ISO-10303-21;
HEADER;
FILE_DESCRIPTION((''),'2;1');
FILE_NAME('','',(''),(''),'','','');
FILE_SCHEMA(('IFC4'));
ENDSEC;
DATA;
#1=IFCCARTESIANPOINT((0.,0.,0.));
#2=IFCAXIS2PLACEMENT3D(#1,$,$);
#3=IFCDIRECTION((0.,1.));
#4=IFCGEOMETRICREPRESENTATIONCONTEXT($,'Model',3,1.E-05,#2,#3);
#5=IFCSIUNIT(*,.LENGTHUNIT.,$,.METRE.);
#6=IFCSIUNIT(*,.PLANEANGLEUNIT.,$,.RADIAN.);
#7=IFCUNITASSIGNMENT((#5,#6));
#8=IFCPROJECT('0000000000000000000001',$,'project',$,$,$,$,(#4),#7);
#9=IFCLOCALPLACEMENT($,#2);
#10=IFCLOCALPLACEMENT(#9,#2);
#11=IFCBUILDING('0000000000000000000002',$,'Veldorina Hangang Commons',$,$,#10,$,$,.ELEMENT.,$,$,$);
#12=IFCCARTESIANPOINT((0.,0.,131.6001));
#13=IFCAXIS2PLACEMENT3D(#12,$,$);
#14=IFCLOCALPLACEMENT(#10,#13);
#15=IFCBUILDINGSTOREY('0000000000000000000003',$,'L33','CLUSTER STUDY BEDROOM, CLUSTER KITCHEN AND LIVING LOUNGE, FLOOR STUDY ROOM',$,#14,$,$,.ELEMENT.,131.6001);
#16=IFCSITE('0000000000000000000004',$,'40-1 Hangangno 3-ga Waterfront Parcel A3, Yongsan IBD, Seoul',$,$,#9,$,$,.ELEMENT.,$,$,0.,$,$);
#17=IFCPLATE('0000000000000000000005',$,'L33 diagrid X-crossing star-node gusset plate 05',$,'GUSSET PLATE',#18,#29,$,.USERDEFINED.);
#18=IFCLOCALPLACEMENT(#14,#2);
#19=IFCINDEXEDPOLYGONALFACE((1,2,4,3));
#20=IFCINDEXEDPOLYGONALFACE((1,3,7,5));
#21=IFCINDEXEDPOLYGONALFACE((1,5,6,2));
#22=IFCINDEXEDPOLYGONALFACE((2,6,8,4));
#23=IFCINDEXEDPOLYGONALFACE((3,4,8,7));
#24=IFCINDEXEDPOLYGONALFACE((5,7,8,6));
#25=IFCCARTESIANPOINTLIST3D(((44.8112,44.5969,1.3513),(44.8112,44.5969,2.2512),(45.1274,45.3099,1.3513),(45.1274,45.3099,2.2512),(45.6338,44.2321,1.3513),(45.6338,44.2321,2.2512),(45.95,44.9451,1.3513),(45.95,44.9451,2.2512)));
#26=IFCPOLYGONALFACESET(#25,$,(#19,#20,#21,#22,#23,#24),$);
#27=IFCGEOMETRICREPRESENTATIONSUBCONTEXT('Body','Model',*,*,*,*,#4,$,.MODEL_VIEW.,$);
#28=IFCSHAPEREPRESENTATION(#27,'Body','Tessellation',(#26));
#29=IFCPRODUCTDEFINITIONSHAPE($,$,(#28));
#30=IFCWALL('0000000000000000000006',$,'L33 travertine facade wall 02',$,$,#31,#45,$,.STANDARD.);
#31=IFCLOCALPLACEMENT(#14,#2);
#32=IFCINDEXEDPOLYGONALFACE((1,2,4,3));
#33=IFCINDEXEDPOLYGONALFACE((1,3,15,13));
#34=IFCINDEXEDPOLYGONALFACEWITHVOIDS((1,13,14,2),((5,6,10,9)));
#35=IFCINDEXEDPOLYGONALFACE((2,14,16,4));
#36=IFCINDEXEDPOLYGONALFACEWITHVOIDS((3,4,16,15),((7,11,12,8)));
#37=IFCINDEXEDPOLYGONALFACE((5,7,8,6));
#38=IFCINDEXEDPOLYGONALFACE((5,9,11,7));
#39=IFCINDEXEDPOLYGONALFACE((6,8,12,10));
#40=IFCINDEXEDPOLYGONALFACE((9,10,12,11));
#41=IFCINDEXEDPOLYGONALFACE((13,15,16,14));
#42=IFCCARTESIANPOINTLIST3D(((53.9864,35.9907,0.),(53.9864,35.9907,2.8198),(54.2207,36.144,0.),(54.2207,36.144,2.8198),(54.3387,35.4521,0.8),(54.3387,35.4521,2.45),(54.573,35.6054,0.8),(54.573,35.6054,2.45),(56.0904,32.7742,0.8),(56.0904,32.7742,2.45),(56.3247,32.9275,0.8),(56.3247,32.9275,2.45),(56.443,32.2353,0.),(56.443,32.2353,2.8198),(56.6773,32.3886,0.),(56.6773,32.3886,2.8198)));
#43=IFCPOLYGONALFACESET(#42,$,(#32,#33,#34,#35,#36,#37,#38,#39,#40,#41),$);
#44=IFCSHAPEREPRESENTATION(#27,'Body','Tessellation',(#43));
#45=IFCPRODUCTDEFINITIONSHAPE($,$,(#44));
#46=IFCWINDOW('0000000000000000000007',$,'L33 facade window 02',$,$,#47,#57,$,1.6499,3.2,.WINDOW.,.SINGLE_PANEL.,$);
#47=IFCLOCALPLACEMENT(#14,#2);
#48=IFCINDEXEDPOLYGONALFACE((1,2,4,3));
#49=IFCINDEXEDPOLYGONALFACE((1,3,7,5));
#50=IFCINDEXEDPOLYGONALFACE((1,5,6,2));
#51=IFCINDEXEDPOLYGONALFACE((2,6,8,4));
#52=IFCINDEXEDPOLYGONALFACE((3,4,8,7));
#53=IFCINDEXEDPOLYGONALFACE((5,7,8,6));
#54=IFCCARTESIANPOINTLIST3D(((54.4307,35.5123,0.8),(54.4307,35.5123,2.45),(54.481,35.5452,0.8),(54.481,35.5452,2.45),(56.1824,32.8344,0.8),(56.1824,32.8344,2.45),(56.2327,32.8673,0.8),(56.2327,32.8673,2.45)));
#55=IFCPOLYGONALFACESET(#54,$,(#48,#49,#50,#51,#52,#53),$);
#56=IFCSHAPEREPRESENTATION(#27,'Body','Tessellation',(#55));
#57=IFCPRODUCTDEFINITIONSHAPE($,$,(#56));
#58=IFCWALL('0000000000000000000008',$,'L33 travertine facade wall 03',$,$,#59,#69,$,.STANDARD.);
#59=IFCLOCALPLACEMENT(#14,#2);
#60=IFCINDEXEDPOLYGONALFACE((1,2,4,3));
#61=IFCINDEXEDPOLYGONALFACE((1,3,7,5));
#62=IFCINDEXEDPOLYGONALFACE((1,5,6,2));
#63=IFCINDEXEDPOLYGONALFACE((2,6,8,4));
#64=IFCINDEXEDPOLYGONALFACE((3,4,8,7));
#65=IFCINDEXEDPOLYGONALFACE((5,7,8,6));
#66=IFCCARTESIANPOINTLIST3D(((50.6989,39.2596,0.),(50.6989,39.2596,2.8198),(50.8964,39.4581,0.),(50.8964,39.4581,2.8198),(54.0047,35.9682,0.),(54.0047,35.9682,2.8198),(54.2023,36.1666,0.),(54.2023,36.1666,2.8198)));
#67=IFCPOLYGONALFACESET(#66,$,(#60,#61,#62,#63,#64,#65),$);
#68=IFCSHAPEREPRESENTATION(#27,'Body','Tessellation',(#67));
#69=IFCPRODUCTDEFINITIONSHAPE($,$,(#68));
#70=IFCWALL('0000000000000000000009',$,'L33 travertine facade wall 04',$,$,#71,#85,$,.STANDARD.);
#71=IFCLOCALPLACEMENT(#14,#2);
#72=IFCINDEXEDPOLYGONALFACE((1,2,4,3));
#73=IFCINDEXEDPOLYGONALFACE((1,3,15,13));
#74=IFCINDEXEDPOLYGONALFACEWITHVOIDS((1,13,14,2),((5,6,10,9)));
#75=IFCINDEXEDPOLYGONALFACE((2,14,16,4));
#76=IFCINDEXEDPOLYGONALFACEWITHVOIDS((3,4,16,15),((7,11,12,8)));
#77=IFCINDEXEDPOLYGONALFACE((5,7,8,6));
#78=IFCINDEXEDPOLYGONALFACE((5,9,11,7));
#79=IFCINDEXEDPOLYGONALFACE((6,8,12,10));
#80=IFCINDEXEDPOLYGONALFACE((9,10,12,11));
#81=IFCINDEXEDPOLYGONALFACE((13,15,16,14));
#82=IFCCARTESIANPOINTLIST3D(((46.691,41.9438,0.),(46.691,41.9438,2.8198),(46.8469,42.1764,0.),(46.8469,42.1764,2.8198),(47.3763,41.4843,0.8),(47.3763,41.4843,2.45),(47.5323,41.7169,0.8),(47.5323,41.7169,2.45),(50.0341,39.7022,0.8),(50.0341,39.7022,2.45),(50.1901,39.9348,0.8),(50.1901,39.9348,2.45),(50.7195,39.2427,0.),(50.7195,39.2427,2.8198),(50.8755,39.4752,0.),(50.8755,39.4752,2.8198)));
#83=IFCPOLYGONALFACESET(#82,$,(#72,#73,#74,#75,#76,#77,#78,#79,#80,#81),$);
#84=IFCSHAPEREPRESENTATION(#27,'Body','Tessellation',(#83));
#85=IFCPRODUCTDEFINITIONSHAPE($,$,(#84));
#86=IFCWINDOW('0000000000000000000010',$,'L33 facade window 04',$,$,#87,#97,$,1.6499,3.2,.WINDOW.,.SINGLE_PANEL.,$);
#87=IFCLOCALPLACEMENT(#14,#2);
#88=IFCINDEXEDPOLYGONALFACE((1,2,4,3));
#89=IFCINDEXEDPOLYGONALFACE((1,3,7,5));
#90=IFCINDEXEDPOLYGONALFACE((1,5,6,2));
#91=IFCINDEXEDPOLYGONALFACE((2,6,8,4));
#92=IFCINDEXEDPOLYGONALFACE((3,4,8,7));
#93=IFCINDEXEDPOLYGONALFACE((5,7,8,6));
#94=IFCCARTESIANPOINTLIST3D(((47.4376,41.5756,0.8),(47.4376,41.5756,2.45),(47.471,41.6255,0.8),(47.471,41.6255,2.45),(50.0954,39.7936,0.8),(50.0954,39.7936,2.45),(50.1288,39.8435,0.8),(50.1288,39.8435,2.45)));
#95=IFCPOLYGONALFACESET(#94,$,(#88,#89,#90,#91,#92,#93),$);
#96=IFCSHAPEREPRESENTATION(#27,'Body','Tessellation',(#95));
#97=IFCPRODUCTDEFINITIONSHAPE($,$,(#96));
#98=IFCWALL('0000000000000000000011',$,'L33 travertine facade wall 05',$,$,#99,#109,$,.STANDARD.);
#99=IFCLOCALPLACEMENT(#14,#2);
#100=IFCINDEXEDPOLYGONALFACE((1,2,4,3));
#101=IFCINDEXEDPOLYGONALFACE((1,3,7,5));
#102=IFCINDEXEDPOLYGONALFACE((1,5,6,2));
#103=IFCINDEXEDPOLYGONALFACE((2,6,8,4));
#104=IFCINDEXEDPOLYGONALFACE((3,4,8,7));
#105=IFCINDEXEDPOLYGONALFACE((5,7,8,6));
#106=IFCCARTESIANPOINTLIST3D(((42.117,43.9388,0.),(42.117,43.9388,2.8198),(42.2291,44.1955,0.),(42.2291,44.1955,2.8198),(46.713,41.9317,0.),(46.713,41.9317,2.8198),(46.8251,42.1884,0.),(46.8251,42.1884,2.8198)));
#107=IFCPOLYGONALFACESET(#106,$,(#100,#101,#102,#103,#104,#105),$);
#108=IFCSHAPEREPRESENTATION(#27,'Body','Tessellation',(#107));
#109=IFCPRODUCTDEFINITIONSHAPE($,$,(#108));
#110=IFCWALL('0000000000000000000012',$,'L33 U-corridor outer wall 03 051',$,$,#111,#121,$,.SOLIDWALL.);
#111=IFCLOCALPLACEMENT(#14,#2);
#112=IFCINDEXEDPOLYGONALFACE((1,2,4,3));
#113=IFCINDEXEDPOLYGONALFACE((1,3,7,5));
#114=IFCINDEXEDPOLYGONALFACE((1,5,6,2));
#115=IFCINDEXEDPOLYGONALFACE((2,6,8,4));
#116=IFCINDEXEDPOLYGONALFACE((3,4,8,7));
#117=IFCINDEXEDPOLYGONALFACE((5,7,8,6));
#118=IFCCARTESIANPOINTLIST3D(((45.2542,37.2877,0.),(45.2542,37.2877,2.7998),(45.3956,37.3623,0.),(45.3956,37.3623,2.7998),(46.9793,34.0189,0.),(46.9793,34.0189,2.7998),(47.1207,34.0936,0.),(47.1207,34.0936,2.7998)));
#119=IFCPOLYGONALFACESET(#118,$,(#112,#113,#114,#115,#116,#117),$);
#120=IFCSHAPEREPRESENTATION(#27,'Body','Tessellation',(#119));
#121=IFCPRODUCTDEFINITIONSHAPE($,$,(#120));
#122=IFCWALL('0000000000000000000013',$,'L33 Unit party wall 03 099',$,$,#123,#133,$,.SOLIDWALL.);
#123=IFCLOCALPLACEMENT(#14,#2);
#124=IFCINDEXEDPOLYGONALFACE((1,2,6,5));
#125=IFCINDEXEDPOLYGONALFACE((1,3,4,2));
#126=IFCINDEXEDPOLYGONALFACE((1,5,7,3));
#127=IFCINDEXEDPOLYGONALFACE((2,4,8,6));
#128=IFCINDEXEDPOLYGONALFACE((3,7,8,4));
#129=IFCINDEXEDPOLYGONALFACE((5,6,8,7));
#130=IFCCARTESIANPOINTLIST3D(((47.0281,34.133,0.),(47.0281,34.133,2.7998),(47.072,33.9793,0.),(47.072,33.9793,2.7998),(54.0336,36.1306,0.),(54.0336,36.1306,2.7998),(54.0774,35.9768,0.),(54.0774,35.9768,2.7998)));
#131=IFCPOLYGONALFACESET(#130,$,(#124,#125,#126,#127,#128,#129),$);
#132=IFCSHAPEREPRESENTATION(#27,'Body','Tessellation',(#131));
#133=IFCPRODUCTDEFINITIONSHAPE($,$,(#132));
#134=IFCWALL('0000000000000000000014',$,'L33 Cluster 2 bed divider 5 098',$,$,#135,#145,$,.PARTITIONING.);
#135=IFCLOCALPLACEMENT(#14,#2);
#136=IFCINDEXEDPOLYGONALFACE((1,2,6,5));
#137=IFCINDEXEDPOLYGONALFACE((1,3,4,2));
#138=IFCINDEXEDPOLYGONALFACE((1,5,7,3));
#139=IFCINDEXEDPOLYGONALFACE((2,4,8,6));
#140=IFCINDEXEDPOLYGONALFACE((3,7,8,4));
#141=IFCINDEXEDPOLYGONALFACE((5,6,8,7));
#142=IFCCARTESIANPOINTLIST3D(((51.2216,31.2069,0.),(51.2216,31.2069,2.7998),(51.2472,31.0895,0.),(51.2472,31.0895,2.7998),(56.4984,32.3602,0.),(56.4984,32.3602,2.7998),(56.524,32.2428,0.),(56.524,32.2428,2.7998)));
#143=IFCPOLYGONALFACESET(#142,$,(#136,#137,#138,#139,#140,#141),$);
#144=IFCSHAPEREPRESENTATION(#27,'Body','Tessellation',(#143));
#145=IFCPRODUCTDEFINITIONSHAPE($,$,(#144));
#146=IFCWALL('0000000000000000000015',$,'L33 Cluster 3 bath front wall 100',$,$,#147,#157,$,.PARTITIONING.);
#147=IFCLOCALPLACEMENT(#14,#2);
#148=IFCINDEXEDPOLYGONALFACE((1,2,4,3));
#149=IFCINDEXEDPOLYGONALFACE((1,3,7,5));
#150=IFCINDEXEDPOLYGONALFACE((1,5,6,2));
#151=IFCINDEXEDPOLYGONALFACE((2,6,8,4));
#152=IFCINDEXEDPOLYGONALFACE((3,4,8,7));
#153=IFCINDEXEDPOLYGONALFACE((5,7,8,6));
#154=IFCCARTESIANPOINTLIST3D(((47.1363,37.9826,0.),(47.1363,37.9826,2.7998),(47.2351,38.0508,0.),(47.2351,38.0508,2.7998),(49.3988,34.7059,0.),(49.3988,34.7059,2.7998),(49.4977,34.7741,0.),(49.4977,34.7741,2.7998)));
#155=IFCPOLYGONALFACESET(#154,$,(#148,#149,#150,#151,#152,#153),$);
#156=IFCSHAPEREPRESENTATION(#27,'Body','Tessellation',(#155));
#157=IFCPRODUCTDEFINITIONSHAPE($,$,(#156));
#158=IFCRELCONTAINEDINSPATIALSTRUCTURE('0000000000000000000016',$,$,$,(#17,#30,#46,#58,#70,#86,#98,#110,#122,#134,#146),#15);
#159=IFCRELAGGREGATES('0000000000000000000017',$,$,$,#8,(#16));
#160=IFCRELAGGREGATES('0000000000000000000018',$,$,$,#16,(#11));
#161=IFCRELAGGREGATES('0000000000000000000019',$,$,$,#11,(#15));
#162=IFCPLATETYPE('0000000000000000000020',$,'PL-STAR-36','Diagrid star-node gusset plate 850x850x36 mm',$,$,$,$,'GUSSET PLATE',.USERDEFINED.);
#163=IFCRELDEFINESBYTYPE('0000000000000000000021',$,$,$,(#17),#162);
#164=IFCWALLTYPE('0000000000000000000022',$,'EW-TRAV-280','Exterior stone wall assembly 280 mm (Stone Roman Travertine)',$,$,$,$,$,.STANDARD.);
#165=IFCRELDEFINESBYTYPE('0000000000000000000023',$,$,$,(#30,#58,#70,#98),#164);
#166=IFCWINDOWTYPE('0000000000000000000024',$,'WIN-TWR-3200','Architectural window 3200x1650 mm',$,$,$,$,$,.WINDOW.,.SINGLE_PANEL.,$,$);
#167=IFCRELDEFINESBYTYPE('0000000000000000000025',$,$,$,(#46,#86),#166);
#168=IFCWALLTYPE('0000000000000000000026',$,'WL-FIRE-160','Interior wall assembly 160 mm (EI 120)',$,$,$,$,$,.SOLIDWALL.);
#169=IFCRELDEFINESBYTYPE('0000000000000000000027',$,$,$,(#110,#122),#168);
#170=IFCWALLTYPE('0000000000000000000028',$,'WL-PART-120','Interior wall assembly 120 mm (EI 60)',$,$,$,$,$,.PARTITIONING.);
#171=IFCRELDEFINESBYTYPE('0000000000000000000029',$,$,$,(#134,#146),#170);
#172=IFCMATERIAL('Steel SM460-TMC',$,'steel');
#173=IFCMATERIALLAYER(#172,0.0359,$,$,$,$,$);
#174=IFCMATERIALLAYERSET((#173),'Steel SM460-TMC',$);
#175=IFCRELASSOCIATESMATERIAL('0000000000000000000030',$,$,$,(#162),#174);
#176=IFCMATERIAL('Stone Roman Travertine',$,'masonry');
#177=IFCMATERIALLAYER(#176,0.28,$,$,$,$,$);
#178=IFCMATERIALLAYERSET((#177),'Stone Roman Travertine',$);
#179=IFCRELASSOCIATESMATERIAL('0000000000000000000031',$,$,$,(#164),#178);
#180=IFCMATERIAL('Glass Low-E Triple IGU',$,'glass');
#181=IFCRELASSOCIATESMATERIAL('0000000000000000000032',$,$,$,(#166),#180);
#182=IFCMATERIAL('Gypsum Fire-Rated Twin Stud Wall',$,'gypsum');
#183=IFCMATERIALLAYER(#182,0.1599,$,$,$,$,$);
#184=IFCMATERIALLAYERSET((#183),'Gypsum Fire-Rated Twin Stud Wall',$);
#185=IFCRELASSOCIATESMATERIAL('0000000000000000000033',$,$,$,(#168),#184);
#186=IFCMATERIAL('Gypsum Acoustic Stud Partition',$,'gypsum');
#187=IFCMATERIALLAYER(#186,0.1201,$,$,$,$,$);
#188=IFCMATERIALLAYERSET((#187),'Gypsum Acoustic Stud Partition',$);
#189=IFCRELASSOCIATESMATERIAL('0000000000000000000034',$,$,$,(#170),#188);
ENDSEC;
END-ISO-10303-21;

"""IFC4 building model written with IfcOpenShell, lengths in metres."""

from ifc_helpers import new_model, si_unit, direction, frame, frame_2d, origin, origin_2d, place, context, subcontext, project, spatial, rectangle, extrude, material, layer, layer_set, type_object, element, fill, save


model = new_model("IFC4")

# Units and contexts
model_context = context("Model", 3, precision=1e-05, world=origin(), true_north=direction((0.0, 1.0)))
body_context = subcontext(model_context, "Body", "Model", "MODEL_VIEW")
ifc_project = project(units=[si_unit("LENGTHUNIT", "METRE"), si_unit("PLANEANGLEUNIT", "RADIAN")], contexts=[model_context])

# Site, building, storey
site_placement = place(None, origin())
site = spatial("IfcSite", under=ifc_project, at=site_placement, Name="40-1 Hangangno 3-ga Waterfront Parcel A3, Yongsan IBD, Seoul", CompositionType="ELEMENT", RefElevation=0.0)
building_placement = place(site_placement, origin())
building = spatial("IfcBuilding", under=site, at=building_placement, Name="Veldorina Hangang Commons", CompositionType="ELEMENT")
storey_placement = place(building_placement, frame((0.0, 0.0, 131.6001)))
storey = spatial("IfcBuildingStorey", under=building, at=storey_placement, Name="L33", Description="CLUSTER STUDY BEDROOM, CLUSTER KITCHEN AND LIVING LOUNGE, FLOOR STUDY ROOM", CompositionType="ELEMENT", Elevation=131.6001)

# Plate
ifc_material_1 = material(Name="Steel SM460-TMC", Category="steel")
ifc_layer_1 = layer(ifc_material_1, 0.0359)
ifc_layer_set_1 = layer_set([ifc_layer_1], Name="Steel SM460-TMC")
plate_type = type_object("IfcPlateType", Name="PL-STAR-36", Description="Diagrid star-node gusset plate 850x850x36 mm", ElementType="GUSSET PLATE", PredefinedType="USERDEFINED", material=ifc_layer_set_1)
plate_1_placement = place(storey_placement, frame((45.3806, 44.771, 1.3513), z_axis=(0.0, 0.0, 1.0), x_axis=(-0.914148, 0.405381, 0.0)))
element("IfcPlate", 1, at=plate_1_placement, inside=storey, type_object=plate_type, Name="L33 diagrid X-crossing star-node gusset plate 05", ObjectType="GUSSET PLATE", PredefinedType="USERDEFINED", context=body_context, shape_type="SweptSolid", body=[
    extrude(rectangle(XDim=0.8999, YDim=0.78, at=origin_2d()), origin(), (0.0, 0.0, 1.0), 0.8999),
])

# Wall, opening, window
ifc_material_2 = material(Name="Stone Roman Travertine", Category="masonry")
ifc_layer_2 = layer(ifc_material_2, 0.28)
ifc_layer_set_2 = layer_set([ifc_layer_2], Name="Stone Roman Travertine")
wall_type_1 = type_object("IfcWallType", Name="EW-TRAV-280", Description="Exterior stone wall assembly 280 mm (Stone Roman Travertine)", PredefinedType="STANDARD", material=ifc_layer_set_2)
wall_1_placement = place(storey_placement, frame((56.5601, 32.312, 0.0), z_axis=(0.0, 0.0, 1.0), x_axis=(-0.547422, 0.836857, 0.0)))
wall_1 = element("IfcWall", 2, at=wall_1_placement, inside=storey, type_object=wall_type_1, Name="L33 travertine facade wall 02", PredefinedType="STANDARD", context=body_context, shape_type="SweptSolid", body=[
    extrude(rectangle(XDim=4.4875, YDim=0.28, at=frame_2d((2.2437, 0.0))), origin(), (0.0, 0.0, 1.0), 2.8198),
])
opening_1_placement = place(wall_1_placement, frame((0.6438, 0.0, 0.8)))
opening_1 = element("IfcOpeningElement", 3, at=opening_1_placement, cuts=wall_1, PredefinedType="OPENING", context=body_context, shape_type="SweptSolid", body=[
    extrude(rectangle(XDim=3.2, YDim=1.6499, at=frame_2d((1.6001, 0.825))), frame((0.0, 0.1499, 0.0), z_axis=(0.0, -1.0, 0.0), x_axis=(1.0, 0.0, 0.0)), (0.0, 0.0, 1.0), 0.3),
])
ifc_material_3 = material(Name="Glass Low-E Triple IGU", Category="glass")
window_type = type_object("IfcWindowType", Name="WIN-TWR-3200", Description="Architectural window 3200x1650 mm", PartitioningType="SINGLE_PANEL", PredefinedType="WINDOW", material=ifc_material_3)
window_1_placement = place(opening_1_placement, origin())
window_1 = element("IfcWindow", 4, at=window_1_placement, inside=storey, type_object=window_type, Name="L33 facade window 02", OverallHeight=1.6499, OverallWidth=3.2, PartitioningType="SINGLE_PANEL", PredefinedType="WINDOW", context=body_context, shape_type="SweptSolid", body=[
    extrude(rectangle(XDim=3.2, YDim=1.6499, at=frame_2d((1.6001, 0.825))), frame((0.0, 0.03, 0.0), z_axis=(0.0, -1.0, 0.0), x_axis=(1.0, 0.0, 0.0)), (0.0, 0.0, 1.0), 0.0601),
])
fill(opening_1, window_1)

# Wall
wall_2_placement = place(storey_placement, frame((54.1035, 36.0674, 0.0), z_axis=(0.0, 0.0, 1.0), x_axis=(-0.708649, 0.705561, 0.0)))
element("IfcWall", 5, at=wall_2_placement, inside=storey, type_object=wall_type_1, Name="L33 travertine facade wall 03", PredefinedType="STANDARD", context=body_context, shape_type="SweptSolid", body=[
    extrude(rectangle(XDim=4.665, YDim=0.28, at=frame_2d((2.3325, 0.0))), origin(), (0.0, 0.0, 1.0), 2.8198),
])

# Wall, opening, window
wall_3_placement = place(storey_placement, frame((50.7976, 39.3589, 0.0), z_axis=(0.0, 0.0, 1.0), x_axis=(-0.830576, 0.556905, 0.0)))
wall_3 = element("IfcWall", 6, at=wall_3_placement, inside=storey, type_object=wall_type_1, Name="L33 travertine facade wall 04", PredefinedType="STANDARD", context=body_context, shape_type="SweptSolid", body=[
    extrude(rectangle(XDim=4.8503, YDim=0.28, at=frame_2d((2.4253, 0.0))), origin(), (0.0, 0.0, 1.0), 2.8198),
])
opening_2_placement = place(wall_3_placement, frame((0.8252, 0.0, 0.8)))
opening_2 = element("IfcOpeningElement", 7, at=opening_2_placement, cuts=wall_3, PredefinedType="OPENING", context=body_context, shape_type="SweptSolid", body=[
    extrude(rectangle(XDim=3.2, YDim=1.6499, at=frame_2d((1.6001, 0.825))), frame((0.0, 0.1499, 0.0), z_axis=(0.0, -1.0, 0.0), x_axis=(1.0, 0.0, 0.0)), (0.0, 0.0, 1.0), 0.3),
])
window_2_placement = place(opening_2_placement, origin())
window_2 = element("IfcWindow", 8, at=window_2_placement, inside=storey, type_object=window_type, Name="L33 facade window 04", OverallHeight=1.6499, OverallWidth=3.2, PartitioningType="SINGLE_PANEL", PredefinedType="WINDOW", context=body_context, shape_type="SweptSolid", body=[
    extrude(rectangle(XDim=3.2, YDim=1.6499, at=frame_2d((1.6001, 0.825))), frame((0.0, 0.03, 0.0), z_axis=(0.0, -1.0, 0.0), x_axis=(1.0, 0.0, 0.0)), (0.0, 0.0, 1.0), 0.0601),
])
fill(opening_2, window_2)

# Walls
wall_4_placement = place(storey_placement, frame((46.769, 42.0601, 0.0), z_axis=(0.0, 0.0, 1.0), x_axis=(-0.916424, 0.400208, 0.0)))
element("IfcWall", 9, at=wall_4_placement, inside=storey, type_object=wall_type_1, Name="L33 travertine facade wall 05", PredefinedType="STANDARD", context=body_context, shape_type="SweptSolid", body=[
    extrude(rectangle(XDim=5.0151, YDim=0.28, at=frame_2d((2.5076, 0.0))), origin(), (0.0, 0.0, 1.0), 2.8198),
])
ifc_material_4 = material(Name="Gypsum Fire-Rated Twin Stud Wall", Category="gypsum")
ifc_layer_3 = layer(ifc_material_4, 0.1599)
ifc_layer_set_3 = layer_set([ifc_layer_3], Name="Gypsum Fire-Rated Twin Stud Wall")
wall_type_2 = type_object("IfcWallType", Name="WL-FIRE-160", Description="Interior wall assembly 160 mm (EI 120)", PredefinedType="SOLIDWALL", material=ifc_layer_set_3)
wall_5_placement = place(storey_placement, frame((47.05, 34.0562, 0.0), z_axis=(0.0, 0.0, 1.0), x_axis=(-0.466737, 0.884396, 0.0)))
element("IfcWall", 10, at=wall_5_placement, inside=storey, type_object=wall_type_2, Name="L33 U-corridor outer wall 03 051", PredefinedType="SOLIDWALL", context=body_context, shape_type="SweptSolid", body=[
    extrude(rectangle(XDim=3.696, YDim=0.1599, at=frame_2d((1.8481, 0.0))), origin(), (0.0, 0.0, 1.0), 2.7998),
])
wall_6_placement = place(storey_placement, frame((47.05, 34.0562, 0.0), z_axis=(0.0, 0.0, 1.0), x_axis=(0.961668, 0.274216, 0.0)))
element("IfcWall", 11, at=wall_6_placement, inside=storey, type_object=wall_type_2, Name="L33 Unit party wall 03 099", PredefinedType="SOLIDWALL", context=body_context, shape_type="SweptSolid", body=[
    extrude(rectangle(XDim=7.2847, YDim=0.1599, at=frame_2d((3.6423, 0.0))), origin(), (0.0, 0.0, 1.0), 2.7998),
])
ifc_material_5 = material(Name="Gypsum Acoustic Stud Partition", Category="gypsum")
ifc_layer_4 = layer(ifc_material_5, 0.1201)
ifc_layer_set_4 = layer_set([ifc_layer_4], Name="Gypsum Acoustic Stud Partition")
wall_type_3 = type_object("IfcWallType", Name="WL-PART-120", Description="Interior wall assembly 120 mm (EI 60)", PredefinedType="PARTITIONING", material=ifc_layer_set_4)
wall_7_placement = place(storey_placement, frame((51.2344, 31.1482, 0.0), z_axis=(0.0, 0.0, 1.0), x_axis=(0.976938, 0.213522, 0.0)))
element("IfcWall", 12, at=wall_7_placement, inside=storey, type_object=wall_type_3, Name="L33 Cluster 2 bed divider 5 098", PredefinedType="PARTITIONING", context=body_context, shape_type="SweptSolid", body=[
    extrude(rectangle(XDim=5.4014, YDim=0.1201, at=frame_2d((2.7007, 0.0))), origin(), (0.0, 0.0, 1.0), 2.7998),
])
wall_8_placement = place(storey_placement, frame((49.4482, 34.74, 0.0), z_axis=(0.0, 0.0, 1.0), x_axis=(-0.568196, 0.822893, 0.0)))
element("IfcWall", 13, at=wall_8_placement, inside=storey, type_object=wall_type_3, Name="L33 Cluster 3 bath front wall 100", PredefinedType="PARTITIONING", context=body_context, shape_type="SweptSolid", body=[
    extrude(rectangle(XDim=3.9819, YDim=0.1201, at=frame_2d((1.991, 0.0))), origin(), (0.0, 0.0, 1.0), 2.7998),
])

save(model, "model.ifc")
